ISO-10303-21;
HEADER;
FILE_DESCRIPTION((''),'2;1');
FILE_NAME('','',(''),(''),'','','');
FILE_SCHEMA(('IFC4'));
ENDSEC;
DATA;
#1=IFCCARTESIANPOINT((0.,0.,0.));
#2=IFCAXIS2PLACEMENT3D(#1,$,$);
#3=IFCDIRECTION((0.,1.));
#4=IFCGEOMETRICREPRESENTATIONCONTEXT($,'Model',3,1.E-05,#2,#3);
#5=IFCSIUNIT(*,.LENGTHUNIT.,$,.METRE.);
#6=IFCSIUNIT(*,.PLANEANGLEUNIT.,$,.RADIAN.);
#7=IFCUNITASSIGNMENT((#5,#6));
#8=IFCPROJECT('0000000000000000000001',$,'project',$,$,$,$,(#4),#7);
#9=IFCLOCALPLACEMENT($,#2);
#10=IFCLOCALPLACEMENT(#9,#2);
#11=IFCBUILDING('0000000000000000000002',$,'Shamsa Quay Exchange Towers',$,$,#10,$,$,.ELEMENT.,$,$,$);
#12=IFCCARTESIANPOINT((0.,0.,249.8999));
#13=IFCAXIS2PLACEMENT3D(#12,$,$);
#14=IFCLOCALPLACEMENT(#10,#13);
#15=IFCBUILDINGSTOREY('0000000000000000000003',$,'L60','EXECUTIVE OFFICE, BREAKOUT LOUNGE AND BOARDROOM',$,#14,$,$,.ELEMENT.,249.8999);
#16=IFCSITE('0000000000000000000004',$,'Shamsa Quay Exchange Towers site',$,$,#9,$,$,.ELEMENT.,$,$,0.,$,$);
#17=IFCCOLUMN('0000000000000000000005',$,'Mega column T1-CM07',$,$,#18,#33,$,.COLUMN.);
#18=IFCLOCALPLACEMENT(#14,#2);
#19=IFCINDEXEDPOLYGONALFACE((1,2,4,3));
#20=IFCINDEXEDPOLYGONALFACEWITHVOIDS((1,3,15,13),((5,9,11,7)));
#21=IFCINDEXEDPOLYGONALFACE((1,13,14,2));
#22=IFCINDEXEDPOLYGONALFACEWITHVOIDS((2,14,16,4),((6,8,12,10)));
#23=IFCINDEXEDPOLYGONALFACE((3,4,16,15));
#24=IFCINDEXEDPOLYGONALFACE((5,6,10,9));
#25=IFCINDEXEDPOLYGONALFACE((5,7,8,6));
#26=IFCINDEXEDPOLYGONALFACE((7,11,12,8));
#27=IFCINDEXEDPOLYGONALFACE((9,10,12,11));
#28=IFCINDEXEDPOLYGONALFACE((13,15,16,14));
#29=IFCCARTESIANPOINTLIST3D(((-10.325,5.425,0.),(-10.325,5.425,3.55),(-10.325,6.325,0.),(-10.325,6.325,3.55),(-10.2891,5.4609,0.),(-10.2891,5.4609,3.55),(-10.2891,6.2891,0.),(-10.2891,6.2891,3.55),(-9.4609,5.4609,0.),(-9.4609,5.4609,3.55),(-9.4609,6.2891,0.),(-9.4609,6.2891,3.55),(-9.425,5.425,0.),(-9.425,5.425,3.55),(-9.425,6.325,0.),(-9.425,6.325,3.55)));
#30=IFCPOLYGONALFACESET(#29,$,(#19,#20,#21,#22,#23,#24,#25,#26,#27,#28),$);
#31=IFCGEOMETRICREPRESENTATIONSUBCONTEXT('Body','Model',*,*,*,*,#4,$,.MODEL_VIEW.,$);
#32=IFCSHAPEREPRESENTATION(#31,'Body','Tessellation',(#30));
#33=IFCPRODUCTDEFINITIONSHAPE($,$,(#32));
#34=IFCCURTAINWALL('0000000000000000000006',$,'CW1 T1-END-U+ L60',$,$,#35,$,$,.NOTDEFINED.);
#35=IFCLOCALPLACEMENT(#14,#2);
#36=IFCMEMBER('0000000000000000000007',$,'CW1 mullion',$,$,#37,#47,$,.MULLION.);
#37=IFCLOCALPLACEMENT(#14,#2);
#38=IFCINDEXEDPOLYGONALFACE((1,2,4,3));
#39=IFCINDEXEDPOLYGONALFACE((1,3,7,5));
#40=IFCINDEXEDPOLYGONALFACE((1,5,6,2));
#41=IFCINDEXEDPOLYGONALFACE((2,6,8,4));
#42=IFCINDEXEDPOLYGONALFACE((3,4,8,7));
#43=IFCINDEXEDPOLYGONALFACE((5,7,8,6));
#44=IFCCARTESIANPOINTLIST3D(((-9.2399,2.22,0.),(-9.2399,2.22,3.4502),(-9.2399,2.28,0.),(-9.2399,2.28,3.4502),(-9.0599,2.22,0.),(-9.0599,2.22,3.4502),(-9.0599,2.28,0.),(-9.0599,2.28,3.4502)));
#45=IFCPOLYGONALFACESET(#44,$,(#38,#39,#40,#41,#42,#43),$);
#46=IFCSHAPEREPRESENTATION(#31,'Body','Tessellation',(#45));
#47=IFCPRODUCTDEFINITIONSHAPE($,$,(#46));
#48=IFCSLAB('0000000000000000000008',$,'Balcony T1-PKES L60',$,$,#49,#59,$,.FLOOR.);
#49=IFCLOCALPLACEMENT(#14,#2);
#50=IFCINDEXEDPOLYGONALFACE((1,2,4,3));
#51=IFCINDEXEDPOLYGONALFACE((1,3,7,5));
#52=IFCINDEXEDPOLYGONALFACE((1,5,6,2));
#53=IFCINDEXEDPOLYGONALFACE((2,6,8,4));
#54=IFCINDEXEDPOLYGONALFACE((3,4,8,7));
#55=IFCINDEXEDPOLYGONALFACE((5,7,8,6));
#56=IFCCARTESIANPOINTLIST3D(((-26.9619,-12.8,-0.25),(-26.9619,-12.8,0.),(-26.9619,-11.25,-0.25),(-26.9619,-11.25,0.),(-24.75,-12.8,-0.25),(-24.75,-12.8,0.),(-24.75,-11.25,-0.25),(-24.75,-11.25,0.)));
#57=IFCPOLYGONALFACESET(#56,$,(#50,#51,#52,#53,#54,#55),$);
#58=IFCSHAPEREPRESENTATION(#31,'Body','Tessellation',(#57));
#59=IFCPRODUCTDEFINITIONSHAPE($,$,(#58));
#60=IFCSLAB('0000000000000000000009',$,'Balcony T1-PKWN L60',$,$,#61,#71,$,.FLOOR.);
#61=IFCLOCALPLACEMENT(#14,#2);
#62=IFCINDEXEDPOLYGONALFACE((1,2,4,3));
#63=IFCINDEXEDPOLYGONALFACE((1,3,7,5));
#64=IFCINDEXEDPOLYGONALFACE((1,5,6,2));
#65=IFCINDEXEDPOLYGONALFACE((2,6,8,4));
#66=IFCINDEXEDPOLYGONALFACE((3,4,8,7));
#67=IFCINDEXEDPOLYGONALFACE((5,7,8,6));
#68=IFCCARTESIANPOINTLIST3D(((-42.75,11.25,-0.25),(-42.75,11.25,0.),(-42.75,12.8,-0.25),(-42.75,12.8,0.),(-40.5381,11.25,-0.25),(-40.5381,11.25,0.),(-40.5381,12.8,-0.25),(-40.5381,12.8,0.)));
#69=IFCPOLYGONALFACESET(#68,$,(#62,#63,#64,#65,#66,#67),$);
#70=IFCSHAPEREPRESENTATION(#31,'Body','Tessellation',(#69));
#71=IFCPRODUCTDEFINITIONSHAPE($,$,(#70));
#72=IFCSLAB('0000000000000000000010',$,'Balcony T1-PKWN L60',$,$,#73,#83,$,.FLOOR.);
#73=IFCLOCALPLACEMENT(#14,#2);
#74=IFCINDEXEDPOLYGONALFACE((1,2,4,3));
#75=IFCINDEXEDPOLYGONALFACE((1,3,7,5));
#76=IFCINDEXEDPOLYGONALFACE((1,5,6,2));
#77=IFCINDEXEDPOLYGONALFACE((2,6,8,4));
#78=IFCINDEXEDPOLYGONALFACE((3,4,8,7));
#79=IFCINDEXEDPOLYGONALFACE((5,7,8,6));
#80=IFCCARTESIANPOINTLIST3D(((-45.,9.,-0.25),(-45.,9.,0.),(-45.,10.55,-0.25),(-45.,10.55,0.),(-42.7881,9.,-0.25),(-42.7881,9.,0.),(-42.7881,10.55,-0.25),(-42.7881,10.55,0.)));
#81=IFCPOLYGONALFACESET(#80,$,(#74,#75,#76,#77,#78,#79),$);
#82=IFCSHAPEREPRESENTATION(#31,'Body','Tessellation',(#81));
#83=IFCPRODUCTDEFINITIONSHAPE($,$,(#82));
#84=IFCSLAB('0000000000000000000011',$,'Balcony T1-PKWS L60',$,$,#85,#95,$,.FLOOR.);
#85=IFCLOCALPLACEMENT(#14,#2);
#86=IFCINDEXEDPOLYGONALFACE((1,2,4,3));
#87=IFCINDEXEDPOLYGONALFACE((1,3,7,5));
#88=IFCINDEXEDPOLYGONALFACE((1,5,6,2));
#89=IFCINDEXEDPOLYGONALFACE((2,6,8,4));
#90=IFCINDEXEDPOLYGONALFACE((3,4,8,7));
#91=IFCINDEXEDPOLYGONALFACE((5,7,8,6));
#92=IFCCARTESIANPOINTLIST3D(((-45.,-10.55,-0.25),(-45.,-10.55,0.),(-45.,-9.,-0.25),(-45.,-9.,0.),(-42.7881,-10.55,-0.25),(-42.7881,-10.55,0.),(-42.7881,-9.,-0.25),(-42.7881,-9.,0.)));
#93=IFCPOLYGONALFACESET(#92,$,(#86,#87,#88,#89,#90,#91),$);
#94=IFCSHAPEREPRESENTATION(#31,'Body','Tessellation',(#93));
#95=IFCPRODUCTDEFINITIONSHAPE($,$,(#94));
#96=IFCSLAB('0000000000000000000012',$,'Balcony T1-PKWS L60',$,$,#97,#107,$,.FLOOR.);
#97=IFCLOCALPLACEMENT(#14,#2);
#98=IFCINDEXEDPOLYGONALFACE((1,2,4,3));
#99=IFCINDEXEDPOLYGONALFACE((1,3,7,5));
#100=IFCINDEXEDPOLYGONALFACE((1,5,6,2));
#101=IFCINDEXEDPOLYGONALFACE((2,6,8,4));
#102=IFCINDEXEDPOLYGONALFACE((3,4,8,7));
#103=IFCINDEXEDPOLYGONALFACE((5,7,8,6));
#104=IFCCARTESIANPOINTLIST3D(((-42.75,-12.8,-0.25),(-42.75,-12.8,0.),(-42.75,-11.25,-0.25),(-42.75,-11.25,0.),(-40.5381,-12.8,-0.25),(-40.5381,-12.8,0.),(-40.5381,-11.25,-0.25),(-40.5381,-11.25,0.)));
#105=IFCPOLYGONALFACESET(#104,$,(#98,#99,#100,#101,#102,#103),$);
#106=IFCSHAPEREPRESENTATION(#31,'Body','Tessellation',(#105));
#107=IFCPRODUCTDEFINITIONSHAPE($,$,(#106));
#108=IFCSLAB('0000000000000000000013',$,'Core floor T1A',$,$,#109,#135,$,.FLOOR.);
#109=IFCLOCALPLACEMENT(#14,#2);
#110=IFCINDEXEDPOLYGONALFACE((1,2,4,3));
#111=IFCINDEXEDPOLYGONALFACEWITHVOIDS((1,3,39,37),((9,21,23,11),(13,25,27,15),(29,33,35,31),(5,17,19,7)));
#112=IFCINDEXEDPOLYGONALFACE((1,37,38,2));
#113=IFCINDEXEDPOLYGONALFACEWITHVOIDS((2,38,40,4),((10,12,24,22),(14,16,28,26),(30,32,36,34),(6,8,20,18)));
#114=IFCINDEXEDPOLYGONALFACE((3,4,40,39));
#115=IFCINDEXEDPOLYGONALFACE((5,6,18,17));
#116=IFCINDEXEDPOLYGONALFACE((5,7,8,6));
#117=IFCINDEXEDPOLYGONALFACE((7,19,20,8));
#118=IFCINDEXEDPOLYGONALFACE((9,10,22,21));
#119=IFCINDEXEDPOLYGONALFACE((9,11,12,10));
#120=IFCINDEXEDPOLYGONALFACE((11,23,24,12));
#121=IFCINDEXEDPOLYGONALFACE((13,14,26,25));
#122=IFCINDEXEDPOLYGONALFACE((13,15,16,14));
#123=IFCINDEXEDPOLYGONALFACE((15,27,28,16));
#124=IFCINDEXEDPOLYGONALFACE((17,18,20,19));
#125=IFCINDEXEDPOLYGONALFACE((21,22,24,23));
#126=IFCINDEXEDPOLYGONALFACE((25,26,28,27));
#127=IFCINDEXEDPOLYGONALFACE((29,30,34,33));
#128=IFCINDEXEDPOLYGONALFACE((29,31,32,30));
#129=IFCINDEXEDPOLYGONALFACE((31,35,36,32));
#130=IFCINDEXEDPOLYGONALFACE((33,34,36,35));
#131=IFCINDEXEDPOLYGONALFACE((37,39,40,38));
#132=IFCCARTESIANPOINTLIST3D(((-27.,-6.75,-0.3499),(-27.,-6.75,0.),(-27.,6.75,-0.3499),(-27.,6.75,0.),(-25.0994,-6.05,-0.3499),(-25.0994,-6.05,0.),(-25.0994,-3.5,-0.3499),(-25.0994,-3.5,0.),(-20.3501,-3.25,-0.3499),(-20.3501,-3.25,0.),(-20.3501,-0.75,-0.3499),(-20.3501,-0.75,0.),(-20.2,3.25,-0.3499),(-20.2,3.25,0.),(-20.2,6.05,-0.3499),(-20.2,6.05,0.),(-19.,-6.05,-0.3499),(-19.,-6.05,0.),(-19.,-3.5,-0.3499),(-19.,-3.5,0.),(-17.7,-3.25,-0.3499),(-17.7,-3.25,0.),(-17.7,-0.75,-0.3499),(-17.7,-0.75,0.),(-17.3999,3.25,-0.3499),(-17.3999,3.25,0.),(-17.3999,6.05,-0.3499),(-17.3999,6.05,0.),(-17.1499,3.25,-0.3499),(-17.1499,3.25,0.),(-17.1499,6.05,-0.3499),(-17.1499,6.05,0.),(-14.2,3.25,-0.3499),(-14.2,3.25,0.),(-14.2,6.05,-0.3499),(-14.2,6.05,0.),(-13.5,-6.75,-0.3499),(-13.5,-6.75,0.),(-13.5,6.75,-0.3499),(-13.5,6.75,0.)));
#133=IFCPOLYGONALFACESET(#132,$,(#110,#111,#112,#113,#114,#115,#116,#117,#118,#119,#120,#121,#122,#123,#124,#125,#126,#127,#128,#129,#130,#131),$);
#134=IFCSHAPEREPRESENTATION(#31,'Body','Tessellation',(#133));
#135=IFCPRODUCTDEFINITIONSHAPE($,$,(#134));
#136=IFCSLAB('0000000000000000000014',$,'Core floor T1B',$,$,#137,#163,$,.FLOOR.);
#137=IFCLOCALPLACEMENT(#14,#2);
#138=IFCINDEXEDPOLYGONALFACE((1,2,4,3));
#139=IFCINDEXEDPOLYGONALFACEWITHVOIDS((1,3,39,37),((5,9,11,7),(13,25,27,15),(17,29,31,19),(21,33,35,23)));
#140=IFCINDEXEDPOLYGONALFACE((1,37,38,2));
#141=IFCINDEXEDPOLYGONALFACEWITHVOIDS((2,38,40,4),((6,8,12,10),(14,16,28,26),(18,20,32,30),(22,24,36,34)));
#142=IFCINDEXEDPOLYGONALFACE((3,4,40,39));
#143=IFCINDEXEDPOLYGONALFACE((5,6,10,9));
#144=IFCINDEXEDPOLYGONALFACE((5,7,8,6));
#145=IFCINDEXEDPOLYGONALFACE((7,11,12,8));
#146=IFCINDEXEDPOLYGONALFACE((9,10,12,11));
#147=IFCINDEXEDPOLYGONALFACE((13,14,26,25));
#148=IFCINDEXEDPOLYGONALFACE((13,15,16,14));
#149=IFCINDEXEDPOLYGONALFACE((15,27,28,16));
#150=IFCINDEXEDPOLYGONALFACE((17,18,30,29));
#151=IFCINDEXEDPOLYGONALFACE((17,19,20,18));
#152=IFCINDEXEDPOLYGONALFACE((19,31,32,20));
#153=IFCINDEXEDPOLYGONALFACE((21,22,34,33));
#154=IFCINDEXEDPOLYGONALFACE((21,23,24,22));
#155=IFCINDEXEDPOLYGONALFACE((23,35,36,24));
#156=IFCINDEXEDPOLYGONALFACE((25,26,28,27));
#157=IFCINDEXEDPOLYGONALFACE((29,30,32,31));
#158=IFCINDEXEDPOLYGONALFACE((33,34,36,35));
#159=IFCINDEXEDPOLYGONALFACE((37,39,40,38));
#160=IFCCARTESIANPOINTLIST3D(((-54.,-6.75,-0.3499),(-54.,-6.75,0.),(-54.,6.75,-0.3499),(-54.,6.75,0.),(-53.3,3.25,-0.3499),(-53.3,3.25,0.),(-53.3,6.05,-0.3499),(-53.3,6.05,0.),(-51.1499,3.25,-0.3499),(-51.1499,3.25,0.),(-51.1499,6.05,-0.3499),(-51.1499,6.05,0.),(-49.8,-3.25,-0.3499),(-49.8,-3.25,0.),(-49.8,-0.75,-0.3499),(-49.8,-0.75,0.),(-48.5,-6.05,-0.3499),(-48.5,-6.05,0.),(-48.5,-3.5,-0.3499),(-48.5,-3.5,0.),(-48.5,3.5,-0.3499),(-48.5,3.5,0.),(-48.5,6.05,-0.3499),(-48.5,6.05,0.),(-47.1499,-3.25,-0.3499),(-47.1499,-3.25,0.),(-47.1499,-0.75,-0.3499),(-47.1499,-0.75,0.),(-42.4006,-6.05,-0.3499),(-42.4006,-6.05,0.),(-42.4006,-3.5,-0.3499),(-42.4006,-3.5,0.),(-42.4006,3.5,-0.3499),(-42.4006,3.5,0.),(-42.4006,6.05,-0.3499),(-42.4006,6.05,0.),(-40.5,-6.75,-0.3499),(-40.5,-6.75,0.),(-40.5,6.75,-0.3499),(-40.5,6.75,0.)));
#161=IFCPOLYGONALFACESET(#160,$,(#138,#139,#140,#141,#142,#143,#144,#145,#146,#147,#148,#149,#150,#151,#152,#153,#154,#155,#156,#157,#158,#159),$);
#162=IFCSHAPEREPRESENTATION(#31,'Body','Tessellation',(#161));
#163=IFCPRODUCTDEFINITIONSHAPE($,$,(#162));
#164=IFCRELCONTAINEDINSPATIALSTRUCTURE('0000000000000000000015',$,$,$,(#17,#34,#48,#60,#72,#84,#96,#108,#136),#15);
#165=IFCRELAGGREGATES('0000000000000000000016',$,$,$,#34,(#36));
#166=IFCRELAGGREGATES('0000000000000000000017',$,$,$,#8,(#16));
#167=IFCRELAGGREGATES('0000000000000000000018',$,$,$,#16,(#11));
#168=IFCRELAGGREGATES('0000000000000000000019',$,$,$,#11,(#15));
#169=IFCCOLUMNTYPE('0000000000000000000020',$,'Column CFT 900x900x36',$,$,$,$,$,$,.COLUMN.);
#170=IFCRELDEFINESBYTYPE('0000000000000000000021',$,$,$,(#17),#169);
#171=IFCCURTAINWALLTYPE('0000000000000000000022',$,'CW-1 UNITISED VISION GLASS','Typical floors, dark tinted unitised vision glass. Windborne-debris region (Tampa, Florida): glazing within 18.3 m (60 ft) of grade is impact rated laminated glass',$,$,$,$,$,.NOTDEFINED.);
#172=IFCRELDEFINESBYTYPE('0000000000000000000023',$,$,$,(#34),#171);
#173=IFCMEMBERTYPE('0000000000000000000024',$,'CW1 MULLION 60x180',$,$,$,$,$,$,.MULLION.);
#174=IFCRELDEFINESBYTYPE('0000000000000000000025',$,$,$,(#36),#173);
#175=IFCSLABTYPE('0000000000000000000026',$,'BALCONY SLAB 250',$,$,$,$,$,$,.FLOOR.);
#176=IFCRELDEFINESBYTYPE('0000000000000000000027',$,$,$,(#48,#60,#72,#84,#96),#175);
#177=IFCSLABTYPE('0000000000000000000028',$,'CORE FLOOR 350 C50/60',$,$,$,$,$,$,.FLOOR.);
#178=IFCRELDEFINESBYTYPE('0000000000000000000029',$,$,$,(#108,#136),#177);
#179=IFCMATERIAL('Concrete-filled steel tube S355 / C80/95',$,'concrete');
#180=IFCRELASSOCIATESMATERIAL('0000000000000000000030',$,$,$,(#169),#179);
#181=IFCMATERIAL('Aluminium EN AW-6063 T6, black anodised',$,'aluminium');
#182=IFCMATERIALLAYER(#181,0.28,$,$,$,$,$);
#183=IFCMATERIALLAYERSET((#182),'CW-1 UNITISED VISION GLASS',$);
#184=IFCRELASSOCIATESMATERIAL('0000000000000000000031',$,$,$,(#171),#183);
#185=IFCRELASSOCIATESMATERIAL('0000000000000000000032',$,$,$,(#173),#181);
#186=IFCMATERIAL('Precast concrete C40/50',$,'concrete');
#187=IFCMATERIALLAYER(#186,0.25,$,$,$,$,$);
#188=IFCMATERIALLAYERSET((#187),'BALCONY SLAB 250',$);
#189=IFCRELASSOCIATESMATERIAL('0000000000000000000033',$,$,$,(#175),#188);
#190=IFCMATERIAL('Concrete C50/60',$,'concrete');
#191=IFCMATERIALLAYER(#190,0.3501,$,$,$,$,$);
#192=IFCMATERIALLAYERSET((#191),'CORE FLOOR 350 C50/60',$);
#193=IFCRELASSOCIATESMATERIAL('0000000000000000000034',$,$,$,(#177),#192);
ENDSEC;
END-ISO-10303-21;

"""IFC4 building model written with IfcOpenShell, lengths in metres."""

from ifc_helpers import new_model, si_unit, direction, frame, origin, origin_2d, place, context, subcontext, project, spatial, polyline, rectangle, hollow_rectangle, outline, extrude, material, layer, layer_set, material_profile, profile_set, type_object, element, aggregate, save


model = new_model("IFC4")

# Units and contexts
model_context = context("Model", 3, precision=1e-05, world=origin(), true_north=direction((0.0, 1.0)))
body_context = subcontext(model_context, "Body", "Model", "MODEL_VIEW")
ifc_project = project(units=[si_unit("LENGTHUNIT", "METRE"), si_unit("PLANEANGLEUNIT", "RADIAN")], contexts=[model_context])

# Site, building, storey
site_placement = place(None, origin())
site = spatial("IfcSite", under=ifc_project, at=site_placement, Name="Shamsa Quay Exchange Towers site", CompositionType="ELEMENT", RefElevation=0.0)
building_placement = place(site_placement, origin())
building = spatial("IfcBuilding", under=site, at=building_placement, Name="Shamsa Quay Exchange Towers", CompositionType="ELEMENT")
storey_placement = place(building_placement, frame((0.0, 0.0, 249.8999)))
storey = spatial("IfcBuildingStorey", under=building, at=storey_placement, Name="L60", Description="EXECUTIVE OFFICE, BREAKOUT LOUNGE AND BOARDROOM", CompositionType="ELEMENT", Elevation=249.8999)

# Column
ifc_material_1 = material(Name="Concrete-filled steel tube S355 / C80/95", Category="concrete")
ifc_material_profile_1 = material_profile(ifc_material_1, hollow_rectangle(XDim=0.8999, YDim=0.8999, WallThickness=0.0359, at=origin_2d()), Name="CFT 900x900x36")
ifc_profile_set_1 = profile_set([ifc_material_profile_1], Name="Concrete-filled steel tube S355 / C80/95")
column_type = type_object("IfcColumnType", Name="Column CFT 900x900x36", PredefinedType="COLUMN", material=ifc_profile_set_1)
column_placement = place(storey_placement, frame((-9.875, 5.875, 0.0)))
element("IfcColumn", 1, at=column_placement, inside=storey, type_object=column_type, Name="Mega column T1-CM07", PredefinedType="COLUMN", context=body_context, shape_type="SweptSolid", body=[
    extrude(hollow_rectangle(XDim=0.8999, YDim=0.8999, WallThickness=0.0359, at=origin_2d()), origin(), (0.0, 0.0, 1.0), 3.55),
])

# Curtain wall, member
ifc_material_2 = material(Name="Aluminium EN AW-6063 T6, black anodised", Category="aluminium")
ifc_layer_1 = layer(ifc_material_2, 0.28)
ifc_layer_set_1 = layer_set([ifc_layer_1], Name="CW-1 UNITISED VISION GLASS")
curtain_wall_type_1 = type_object("IfcCurtainWallType", Name="CW-1 UNITISED VISION GLASS", Description="Typical floors, dark tinted unitised vision glass. Windborne-debris region (Tampa, Florida): glazing within 18.3 m (60 ft) of grade is impact rated laminated glass", PredefinedType="NOTDEFINED", material=ifc_layer_set_1)
curtain_wall_1_placement = place(storey_placement, origin())
curtain_wall_1 = element("IfcCurtainWall", 2, at=curtain_wall_1_placement, inside=storey, type_object=curtain_wall_type_1, Name="CW1 T1-END-U+ L60", PredefinedType="NOTDEFINED")
ifc_material_profile_2 = material_profile(ifc_material_2, rectangle(XDim=0.1799, YDim=0.0601, at=origin_2d()), Name="MU60x180")
ifc_profile_set_2 = profile_set([ifc_material_profile_2], Name="Aluminium EN AW-6063 T6, black anodised")
member_type = type_object("IfcMemberType", Name="CW1 MULLION 60x180", PredefinedType="MULLION", material=ifc_profile_set_2)
member_placement = place(storey_placement, frame((-9.1499, 2.25, 0.0), z_axis=(0.0, 0.0, 1.0), x_axis=(-1.0, 0.0, 0.0)))
member = element("IfcMember", 3, at=member_placement, type_object=member_type, Name="CW1 mullion", PredefinedType="MULLION", context=body_context, shape_type="SweptSolid", body=[
    extrude(rectangle(XDim=0.1799, YDim=0.0601, at=origin_2d()), origin(), (0.0, 0.0, 1.0), 3.4502),
])

# Slabs
ifc_material_3 = material(Name="Precast concrete C40/50", Category="concrete")
ifc_layer_2 = layer(ifc_material_3, 0.25)
ifc_layer_set_2 = layer_set([ifc_layer_2], Name="BALCONY SLAB 250")
slab_type_1 = type_object("IfcSlabType", Name="BALCONY SLAB 250", PredefinedType="FLOOR", material=ifc_layer_set_2)
slab_1_placement = place(storey_placement, frame((0.0, 0.0, -0.25)))
element("IfcSlab", 4, at=slab_1_placement, inside=storey, type_object=slab_type_1, Name="Balcony T1-PKES L60", PredefinedType="FLOOR", context=body_context, shape_type="SweptSolid", body=[
    extrude(outline(polyline([(-26.9619, -11.25), (-24.75, -11.25), (-24.75, -12.8), (-26.9619, -12.8), (-26.9619, -11.25)])), origin(), (0.0, 0.0, 1.0), 0.25),
])
slab_2_placement = place(storey_placement, frame((0.0, 0.0, -0.25)))
element("IfcSlab", 5, at=slab_2_placement, inside=storey, type_object=slab_type_1, Name="Balcony T1-PKWN L60", PredefinedType="FLOOR", context=body_context, shape_type="SweptSolid", body=[
    extrude(outline(polyline([(-40.5381, 11.25), (-42.75, 11.25), (-42.75, 12.8), (-40.5381, 12.8), (-40.5381, 11.25)])), origin(), (0.0, 0.0, 1.0), 0.25),
])
slab_3_placement = place(storey_placement, frame((0.0, 0.0, -0.25)))
element("IfcSlab", 6, at=slab_3_placement, inside=storey, type_object=slab_type_1, Name="Balcony T1-PKWN L60", PredefinedType="FLOOR", context=body_context, shape_type="SweptSolid", body=[
    extrude(outline(polyline([(-42.7881, 9.0), (-45.0, 9.0), (-45.0, 10.55), (-42.7881, 10.55), (-42.7881, 9.0)])), origin(), (0.0, 0.0, 1.0), 0.25),
])
slab_4_placement = place(storey_placement, frame((0.0, 0.0, -0.25)))
element("IfcSlab", 7, at=slab_4_placement, inside=storey, type_object=slab_type_1, Name="Balcony T1-PKWS L60", PredefinedType="FLOOR", context=body_context, shape_type="SweptSolid", body=[
    extrude(outline(polyline([(-45.0, -9.0), (-42.7881, -9.0), (-42.7881, -10.55), (-45.0, -10.55), (-45.0, -9.0)])), origin(), (0.0, 0.0, 1.0), 0.25),
])
slab_5_placement = place(storey_placement, frame((0.0, 0.0, -0.25)))
element("IfcSlab", 8, at=slab_5_placement, inside=storey, type_object=slab_type_1, Name="Balcony T1-PKWS L60", PredefinedType="FLOOR", context=body_context, shape_type="SweptSolid", body=[
    extrude(outline(polyline([(-42.75, -11.25), (-40.5381, -11.25), (-40.5381, -12.8), (-42.75, -12.8), (-42.75, -11.25)])), origin(), (0.0, 0.0, 1.0), 0.25),
])
ifc_material_4 = material(Name="Concrete C50/60", Category="concrete")
ifc_layer_3 = layer(ifc_material_4, 0.3501)
ifc_layer_set_3 = layer_set([ifc_layer_3], Name="CORE FLOOR 350 C50/60")
slab_type_2 = type_object("IfcSlabType", Name="CORE FLOOR 350 C50/60", PredefinedType="FLOOR", material=ifc_layer_set_3)
slab_6_placement = place(storey_placement, frame((0.0, 0.0, -0.3499)))
element("IfcSlab", 9, at=slab_6_placement, inside=storey, type_object=slab_type_2, Name="Core floor T1A", PredefinedType="FLOOR", context=body_context, shape_type="SweptSolid", body=[
    extrude(outline(polyline([(-27.0, -6.75), (-13.5, -6.75), (-13.5, 6.75), (-27.0, 6.75), (-27.0, -6.75)]), holes=[polyline([(-25.0994, -6.05), (-25.0994, -3.5), (-19.0, -3.5), (-19.0, -6.05), (-25.0994, -6.05)]), polyline([(-20.2, 3.25), (-20.2, 6.05), (-17.3999, 6.05), (-17.3999, 3.25), (-20.2, 3.25)]), polyline([(-17.1499, 3.25), (-17.1499, 6.05), (-14.2, 6.05), (-14.2, 3.25), (-17.1499, 3.25)]), polyline([(-20.3501, -3.25), (-20.3501, -0.75), (-17.7, -0.75), (-17.7, -3.25), (-20.3501, -3.25)])]), origin(), (0.0, 0.0, 1.0), 0.3499),
])
slab_7_placement = place(storey_placement, frame((0.0, 0.0, -0.3499)))
element("IfcSlab", 10, at=slab_7_placement, inside=storey, type_object=slab_type_2, Name="Core floor T1B", PredefinedType="FLOOR", context=body_context, shape_type="SweptSolid", body=[
    extrude(outline(polyline([(-40.5, -6.75), (-40.5, 6.75), (-54.0, 6.75), (-54.0, -6.75), (-40.5, -6.75)]), holes=[polyline([(-42.4006, -3.5), (-42.4006, -6.05), (-48.5, -6.05), (-48.5, -3.5), (-42.4006, -3.5)]), polyline([(-42.4006, 6.05), (-42.4006, 3.5), (-48.5, 3.5), (-48.5, 6.05), (-42.4006, 6.05)]), polyline([(-51.1499, 3.25), (-53.3, 3.25), (-53.3, 6.05), (-51.1499, 6.05), (-51.1499, 3.25)]), polyline([(-47.1499, -3.25), (-49.8, -3.25), (-49.8, -0.75), (-47.1499, -0.75), (-47.1499, -3.25)])]), origin(), (0.0, 0.0, 1.0), 0.3499),
])

aggregate(curtain_wall_1, [member])

save(model, "model.ifc")
